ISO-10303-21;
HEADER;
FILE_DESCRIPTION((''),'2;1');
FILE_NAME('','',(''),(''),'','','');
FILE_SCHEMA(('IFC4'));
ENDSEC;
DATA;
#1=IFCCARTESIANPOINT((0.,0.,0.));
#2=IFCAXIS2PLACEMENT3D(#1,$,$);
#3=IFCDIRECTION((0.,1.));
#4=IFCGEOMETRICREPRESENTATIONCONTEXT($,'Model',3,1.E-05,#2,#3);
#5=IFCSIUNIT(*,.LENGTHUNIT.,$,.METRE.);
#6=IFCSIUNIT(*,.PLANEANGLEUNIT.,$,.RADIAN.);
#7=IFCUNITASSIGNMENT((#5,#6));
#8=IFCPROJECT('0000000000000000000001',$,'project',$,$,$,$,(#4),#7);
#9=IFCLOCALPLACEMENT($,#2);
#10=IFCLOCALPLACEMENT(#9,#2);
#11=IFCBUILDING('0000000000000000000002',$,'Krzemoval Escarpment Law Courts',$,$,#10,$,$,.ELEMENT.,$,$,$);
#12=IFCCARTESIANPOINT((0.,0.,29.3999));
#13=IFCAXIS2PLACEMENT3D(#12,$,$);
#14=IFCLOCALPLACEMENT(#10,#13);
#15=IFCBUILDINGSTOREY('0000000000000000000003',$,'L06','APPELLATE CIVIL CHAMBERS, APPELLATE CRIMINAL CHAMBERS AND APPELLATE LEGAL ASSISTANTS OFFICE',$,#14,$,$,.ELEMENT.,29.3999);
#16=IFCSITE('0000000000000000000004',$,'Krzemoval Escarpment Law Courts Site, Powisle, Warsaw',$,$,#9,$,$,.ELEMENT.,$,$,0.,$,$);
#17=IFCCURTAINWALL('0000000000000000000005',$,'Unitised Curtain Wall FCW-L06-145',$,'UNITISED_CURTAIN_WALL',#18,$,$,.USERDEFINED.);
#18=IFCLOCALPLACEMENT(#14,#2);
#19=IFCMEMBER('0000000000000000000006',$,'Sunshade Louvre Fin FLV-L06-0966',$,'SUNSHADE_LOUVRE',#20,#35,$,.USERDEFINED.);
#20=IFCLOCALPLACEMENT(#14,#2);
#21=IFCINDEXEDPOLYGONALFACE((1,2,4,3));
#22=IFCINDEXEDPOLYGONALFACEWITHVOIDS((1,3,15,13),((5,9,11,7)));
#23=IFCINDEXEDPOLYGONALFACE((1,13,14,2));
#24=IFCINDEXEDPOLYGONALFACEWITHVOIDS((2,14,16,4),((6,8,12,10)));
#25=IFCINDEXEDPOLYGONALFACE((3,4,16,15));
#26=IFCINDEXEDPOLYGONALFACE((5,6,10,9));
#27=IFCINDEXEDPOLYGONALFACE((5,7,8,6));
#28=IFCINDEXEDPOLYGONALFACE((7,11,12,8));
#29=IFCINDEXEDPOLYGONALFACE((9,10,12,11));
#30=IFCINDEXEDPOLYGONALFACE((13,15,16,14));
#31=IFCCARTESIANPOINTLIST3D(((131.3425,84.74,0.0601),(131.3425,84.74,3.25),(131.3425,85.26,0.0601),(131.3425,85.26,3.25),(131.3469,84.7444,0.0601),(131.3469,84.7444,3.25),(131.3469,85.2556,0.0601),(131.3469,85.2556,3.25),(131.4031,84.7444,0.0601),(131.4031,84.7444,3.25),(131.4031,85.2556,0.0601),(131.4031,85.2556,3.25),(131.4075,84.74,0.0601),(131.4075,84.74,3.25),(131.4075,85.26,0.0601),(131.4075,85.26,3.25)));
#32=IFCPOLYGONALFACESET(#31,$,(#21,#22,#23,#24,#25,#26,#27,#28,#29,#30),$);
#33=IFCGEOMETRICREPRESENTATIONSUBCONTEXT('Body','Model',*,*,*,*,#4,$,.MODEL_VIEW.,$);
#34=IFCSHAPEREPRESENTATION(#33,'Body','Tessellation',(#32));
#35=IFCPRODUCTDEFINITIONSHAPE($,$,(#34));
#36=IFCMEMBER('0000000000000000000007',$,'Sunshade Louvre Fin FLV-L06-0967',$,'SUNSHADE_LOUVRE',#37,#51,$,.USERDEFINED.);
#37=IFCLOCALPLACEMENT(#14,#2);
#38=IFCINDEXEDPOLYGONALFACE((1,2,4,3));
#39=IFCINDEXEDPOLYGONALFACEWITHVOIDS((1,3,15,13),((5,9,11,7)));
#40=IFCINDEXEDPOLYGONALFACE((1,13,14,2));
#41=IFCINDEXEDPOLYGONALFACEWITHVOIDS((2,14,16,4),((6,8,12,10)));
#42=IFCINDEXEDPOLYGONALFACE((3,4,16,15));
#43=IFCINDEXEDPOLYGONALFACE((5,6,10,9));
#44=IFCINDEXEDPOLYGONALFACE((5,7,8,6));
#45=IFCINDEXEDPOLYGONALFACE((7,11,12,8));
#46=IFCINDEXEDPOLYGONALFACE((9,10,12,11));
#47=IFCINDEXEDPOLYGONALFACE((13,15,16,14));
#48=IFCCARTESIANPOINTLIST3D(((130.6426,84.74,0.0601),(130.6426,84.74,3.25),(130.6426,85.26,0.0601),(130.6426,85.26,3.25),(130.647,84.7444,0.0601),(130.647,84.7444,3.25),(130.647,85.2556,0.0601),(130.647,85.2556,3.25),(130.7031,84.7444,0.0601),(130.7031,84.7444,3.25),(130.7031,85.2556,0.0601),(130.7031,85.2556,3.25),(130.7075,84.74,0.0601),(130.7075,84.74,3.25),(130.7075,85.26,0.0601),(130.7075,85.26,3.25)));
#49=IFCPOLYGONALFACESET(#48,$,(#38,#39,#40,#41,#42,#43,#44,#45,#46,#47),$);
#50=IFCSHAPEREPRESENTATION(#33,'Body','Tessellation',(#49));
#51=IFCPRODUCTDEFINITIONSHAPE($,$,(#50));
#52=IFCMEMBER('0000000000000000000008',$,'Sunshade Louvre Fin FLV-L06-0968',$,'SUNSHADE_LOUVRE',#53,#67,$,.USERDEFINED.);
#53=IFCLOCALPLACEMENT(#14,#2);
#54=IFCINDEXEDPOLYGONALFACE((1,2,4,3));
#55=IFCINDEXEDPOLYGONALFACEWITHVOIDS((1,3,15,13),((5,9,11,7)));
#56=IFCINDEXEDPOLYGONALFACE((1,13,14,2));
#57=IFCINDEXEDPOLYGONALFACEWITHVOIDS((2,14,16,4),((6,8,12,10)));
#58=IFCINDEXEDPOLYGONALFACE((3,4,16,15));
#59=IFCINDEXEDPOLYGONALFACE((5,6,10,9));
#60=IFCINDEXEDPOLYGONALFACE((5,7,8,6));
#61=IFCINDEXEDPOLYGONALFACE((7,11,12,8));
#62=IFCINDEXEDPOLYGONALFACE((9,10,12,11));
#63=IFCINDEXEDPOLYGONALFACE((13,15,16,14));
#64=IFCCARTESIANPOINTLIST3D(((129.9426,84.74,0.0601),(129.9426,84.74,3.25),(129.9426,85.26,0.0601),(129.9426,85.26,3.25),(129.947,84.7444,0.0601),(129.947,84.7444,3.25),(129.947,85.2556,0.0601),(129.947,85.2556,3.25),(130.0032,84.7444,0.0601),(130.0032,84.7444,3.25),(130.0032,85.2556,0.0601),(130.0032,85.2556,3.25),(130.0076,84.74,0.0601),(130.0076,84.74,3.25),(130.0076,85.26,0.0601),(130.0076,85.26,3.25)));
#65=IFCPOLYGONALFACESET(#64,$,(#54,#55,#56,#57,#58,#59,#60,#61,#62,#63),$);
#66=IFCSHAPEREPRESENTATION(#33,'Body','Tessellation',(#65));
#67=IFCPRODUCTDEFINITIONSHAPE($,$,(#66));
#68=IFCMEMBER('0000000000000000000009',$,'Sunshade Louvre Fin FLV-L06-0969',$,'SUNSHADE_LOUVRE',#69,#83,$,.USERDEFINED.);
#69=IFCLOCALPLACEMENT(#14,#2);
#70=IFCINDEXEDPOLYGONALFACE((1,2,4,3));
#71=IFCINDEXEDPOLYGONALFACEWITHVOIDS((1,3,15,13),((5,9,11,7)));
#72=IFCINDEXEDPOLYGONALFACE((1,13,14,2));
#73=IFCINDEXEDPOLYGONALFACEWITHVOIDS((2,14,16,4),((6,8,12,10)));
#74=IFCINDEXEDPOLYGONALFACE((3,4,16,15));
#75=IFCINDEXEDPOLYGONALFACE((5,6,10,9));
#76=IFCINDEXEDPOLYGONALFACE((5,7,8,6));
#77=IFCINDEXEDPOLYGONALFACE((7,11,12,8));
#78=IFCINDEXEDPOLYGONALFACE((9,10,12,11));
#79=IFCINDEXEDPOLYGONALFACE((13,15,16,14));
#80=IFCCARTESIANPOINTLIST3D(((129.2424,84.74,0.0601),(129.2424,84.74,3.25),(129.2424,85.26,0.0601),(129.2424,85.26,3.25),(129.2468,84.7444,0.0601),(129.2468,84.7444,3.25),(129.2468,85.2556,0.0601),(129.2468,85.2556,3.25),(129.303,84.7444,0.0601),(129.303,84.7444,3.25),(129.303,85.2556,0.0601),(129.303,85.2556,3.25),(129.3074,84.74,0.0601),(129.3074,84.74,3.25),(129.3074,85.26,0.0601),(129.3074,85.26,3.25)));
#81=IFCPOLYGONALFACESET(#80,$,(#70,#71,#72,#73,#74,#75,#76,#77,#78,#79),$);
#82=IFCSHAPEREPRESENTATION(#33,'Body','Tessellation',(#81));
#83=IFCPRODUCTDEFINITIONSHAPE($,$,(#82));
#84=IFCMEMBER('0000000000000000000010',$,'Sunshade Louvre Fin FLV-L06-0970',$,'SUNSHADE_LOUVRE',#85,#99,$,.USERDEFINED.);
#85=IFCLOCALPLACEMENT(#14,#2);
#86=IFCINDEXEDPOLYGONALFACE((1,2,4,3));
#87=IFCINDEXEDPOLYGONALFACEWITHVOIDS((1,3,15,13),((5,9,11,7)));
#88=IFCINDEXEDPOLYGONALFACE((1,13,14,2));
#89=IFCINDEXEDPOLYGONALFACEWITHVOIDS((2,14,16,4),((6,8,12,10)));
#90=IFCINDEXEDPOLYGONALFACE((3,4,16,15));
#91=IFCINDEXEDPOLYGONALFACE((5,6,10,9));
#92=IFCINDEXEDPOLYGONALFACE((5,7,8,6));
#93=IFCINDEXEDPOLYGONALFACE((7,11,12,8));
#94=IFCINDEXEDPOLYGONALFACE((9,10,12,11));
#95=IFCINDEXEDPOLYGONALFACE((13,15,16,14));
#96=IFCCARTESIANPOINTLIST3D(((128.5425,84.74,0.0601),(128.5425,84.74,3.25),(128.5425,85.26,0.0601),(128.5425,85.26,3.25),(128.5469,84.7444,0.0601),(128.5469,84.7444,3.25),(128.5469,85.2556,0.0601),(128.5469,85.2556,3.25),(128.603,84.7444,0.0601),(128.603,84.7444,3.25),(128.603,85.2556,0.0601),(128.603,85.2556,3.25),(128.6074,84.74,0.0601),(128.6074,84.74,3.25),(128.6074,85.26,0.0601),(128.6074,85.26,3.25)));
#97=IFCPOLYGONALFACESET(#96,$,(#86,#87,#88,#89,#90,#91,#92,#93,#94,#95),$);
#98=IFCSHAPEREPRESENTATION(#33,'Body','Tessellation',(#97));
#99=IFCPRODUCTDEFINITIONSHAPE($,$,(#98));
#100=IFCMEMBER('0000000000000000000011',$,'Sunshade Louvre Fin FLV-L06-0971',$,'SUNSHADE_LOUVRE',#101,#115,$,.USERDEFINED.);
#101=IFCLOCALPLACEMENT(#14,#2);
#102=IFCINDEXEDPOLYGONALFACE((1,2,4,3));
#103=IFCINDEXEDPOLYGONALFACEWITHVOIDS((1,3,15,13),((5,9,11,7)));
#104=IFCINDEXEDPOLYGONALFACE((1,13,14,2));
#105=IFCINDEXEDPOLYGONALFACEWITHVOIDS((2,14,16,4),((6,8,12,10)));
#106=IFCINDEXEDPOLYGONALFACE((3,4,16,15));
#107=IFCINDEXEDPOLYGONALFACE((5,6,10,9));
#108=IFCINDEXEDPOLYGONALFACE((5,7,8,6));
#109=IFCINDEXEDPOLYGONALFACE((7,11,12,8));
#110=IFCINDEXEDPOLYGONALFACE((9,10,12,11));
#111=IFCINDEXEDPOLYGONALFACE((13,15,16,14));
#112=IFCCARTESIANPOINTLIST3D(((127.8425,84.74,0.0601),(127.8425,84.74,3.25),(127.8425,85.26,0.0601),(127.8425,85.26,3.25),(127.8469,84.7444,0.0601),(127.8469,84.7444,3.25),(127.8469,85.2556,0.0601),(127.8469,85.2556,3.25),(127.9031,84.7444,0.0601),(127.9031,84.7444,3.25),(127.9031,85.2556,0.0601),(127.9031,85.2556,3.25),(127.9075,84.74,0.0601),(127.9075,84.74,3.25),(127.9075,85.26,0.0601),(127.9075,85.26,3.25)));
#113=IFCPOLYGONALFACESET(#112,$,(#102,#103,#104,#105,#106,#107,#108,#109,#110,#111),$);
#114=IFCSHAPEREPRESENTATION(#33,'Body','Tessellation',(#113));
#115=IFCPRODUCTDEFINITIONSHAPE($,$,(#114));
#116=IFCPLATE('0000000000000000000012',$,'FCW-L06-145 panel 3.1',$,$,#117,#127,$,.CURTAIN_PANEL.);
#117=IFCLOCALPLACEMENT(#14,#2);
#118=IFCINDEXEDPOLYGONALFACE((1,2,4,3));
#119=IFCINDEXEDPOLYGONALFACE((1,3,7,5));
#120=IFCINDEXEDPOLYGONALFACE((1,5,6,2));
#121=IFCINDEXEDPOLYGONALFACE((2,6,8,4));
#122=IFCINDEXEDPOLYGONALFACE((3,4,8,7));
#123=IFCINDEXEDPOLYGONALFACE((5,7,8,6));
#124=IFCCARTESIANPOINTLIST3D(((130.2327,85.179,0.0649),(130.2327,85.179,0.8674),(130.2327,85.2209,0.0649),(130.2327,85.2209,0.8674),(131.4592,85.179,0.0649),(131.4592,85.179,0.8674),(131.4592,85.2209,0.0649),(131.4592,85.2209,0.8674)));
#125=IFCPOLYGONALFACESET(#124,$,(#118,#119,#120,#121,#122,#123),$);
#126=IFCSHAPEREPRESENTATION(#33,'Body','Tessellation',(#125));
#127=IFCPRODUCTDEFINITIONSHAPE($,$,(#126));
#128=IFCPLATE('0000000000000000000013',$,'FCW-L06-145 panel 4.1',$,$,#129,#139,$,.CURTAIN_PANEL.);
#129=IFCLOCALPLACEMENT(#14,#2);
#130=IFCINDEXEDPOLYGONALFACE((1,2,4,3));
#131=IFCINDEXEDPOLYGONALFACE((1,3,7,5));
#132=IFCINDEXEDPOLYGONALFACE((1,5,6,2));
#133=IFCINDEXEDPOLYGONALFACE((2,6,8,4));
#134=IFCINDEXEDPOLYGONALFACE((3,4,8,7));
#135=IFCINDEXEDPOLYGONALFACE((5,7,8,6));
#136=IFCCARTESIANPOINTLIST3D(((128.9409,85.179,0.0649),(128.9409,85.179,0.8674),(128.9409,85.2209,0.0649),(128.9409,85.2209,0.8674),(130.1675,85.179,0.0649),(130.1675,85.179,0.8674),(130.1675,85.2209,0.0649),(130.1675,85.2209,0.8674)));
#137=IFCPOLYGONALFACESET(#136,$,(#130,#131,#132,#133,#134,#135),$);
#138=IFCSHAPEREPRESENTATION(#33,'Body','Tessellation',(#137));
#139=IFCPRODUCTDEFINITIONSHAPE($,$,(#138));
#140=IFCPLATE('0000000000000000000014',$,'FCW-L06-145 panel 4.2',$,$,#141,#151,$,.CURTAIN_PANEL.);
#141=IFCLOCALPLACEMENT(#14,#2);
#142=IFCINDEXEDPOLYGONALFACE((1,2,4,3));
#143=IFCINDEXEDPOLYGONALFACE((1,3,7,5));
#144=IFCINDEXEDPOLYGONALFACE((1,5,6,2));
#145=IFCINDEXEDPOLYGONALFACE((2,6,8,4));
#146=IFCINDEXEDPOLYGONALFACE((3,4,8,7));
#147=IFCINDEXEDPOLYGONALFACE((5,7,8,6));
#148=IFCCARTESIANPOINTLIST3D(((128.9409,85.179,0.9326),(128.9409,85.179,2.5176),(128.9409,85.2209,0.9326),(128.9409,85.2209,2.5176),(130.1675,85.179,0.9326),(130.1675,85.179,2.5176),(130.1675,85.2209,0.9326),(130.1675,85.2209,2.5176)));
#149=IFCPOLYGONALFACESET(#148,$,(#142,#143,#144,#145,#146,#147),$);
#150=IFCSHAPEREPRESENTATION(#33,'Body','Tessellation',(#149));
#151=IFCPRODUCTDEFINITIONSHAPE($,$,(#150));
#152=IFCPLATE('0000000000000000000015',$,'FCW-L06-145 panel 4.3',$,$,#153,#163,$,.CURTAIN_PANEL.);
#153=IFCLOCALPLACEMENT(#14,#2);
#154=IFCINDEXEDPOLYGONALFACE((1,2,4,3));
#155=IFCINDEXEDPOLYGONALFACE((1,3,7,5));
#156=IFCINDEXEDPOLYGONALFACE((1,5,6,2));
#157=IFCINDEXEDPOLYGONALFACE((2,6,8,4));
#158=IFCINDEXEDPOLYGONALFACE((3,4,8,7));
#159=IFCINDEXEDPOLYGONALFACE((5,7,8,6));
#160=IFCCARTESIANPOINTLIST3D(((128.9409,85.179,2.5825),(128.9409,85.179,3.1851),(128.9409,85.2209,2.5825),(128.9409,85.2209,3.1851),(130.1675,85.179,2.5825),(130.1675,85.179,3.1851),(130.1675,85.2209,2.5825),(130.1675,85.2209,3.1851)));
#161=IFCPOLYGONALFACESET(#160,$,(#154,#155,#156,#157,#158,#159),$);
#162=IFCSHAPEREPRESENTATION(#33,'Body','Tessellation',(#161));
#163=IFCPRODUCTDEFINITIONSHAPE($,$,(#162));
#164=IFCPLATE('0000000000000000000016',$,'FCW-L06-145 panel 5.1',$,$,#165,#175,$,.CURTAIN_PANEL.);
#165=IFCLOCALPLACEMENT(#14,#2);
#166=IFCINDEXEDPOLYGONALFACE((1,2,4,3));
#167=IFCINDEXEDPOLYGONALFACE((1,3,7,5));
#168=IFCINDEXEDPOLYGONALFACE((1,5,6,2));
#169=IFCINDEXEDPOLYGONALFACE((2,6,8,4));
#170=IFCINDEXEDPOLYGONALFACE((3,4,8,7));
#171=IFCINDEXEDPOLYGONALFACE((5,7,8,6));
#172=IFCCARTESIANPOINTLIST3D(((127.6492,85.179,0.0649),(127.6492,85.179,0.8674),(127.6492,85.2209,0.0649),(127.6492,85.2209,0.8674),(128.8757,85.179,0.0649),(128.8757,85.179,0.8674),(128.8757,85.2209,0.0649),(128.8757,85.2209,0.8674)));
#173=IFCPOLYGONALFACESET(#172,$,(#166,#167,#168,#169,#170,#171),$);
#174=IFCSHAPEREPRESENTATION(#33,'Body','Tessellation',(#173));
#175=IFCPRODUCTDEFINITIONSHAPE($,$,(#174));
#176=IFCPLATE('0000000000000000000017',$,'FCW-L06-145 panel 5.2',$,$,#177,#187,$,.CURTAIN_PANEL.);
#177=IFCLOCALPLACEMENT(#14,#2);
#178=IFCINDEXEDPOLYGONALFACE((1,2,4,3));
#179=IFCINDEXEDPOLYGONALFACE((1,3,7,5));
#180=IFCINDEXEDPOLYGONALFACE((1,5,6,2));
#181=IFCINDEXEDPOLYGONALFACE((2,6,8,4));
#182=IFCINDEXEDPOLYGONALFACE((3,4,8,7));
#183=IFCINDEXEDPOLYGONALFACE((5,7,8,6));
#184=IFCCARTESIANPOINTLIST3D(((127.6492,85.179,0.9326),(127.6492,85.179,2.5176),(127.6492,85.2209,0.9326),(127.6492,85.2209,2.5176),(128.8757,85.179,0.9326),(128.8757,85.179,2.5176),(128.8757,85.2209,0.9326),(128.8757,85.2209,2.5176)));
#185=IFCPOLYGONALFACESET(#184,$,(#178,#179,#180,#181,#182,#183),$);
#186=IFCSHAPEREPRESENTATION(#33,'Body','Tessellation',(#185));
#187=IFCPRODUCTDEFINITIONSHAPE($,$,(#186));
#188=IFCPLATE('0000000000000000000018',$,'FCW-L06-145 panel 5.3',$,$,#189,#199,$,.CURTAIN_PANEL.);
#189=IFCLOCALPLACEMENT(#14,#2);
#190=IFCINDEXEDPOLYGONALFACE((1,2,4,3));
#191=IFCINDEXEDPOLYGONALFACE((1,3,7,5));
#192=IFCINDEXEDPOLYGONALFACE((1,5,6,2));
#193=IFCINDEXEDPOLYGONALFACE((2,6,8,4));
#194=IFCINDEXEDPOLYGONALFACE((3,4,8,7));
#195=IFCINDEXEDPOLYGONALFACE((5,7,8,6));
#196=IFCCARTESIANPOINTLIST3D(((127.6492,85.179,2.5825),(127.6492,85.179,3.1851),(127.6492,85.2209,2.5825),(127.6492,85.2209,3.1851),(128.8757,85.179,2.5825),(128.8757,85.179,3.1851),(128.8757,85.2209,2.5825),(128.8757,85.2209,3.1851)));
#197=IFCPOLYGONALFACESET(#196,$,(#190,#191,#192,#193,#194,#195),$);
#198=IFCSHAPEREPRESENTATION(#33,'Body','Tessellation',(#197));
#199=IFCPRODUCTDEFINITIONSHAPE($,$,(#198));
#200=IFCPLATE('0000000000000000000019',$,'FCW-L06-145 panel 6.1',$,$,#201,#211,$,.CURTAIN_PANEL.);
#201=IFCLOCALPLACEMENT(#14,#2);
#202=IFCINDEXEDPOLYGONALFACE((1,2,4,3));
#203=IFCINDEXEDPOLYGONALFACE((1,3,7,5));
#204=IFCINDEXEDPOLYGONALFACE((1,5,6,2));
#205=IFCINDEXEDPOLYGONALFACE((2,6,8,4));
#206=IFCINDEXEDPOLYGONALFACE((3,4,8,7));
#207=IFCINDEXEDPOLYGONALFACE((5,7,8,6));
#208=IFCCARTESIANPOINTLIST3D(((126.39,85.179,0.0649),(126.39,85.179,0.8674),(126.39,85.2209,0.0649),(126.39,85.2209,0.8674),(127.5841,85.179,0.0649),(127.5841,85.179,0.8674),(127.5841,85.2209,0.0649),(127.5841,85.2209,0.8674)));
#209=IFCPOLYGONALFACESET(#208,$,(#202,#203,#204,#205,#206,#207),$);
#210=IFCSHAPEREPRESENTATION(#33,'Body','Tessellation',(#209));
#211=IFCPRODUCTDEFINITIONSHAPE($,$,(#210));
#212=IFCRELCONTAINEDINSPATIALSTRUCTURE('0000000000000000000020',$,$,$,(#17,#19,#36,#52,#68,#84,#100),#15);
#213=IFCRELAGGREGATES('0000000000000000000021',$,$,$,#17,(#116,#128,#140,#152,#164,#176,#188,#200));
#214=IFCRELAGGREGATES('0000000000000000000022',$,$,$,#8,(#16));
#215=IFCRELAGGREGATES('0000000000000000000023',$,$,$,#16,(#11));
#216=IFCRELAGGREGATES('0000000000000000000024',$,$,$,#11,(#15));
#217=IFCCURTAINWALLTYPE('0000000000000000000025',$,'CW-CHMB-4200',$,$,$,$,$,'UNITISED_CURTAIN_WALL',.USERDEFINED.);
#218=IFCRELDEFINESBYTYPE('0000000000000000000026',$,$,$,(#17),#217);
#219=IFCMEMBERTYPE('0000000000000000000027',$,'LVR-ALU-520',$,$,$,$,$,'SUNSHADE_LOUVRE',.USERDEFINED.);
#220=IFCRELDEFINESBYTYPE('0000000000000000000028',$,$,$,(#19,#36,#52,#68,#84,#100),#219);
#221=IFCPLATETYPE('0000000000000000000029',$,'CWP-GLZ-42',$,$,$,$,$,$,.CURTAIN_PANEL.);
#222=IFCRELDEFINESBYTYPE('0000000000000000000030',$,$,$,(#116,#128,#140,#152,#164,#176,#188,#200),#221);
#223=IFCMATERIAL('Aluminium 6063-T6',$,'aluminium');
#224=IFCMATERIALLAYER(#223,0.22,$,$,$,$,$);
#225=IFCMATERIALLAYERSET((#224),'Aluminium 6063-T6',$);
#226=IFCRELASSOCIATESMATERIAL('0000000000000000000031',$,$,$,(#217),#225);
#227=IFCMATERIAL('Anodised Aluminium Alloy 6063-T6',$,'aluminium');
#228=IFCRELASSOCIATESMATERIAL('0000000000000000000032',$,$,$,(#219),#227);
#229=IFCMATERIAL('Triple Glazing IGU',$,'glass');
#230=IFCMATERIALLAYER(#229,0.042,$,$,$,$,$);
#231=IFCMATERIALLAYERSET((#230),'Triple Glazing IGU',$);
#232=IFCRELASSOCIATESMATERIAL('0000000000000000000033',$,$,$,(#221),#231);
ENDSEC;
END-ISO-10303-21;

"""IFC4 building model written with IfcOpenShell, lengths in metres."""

from ifc_helpers import new_model, si_unit, direction, frame, origin, origin_2d, place, context, subcontext, project, spatial, rectangle, hollow_rectangle, extrude, material, layer, layer_set, material_profile, profile_set, type_object, element, aggregate, save


model = new_model("IFC4")

# Units and contexts
model_context = context("Model", 3, precision=1e-05, world=origin(), true_north=direction((0.0, 1.0)))
body_context = subcontext(model_context, "Body", "Model", "MODEL_VIEW")
ifc_project = project(units=[si_unit("LENGTHUNIT", "METRE"), si_unit("PLANEANGLEUNIT", "RADIAN")], contexts=[model_context])

# Site, building, storey
site_placement = place(None, origin())
site = spatial("IfcSite", under=ifc_project, at=site_placement, Name="Krzemoval Escarpment Law Courts Site, Powisle, Warsaw", CompositionType="ELEMENT", RefElevation=0.0)
building_placement = place(site_placement, origin())
building = spatial("IfcBuilding", under=site, at=building_placement, Name="Krzemoval Escarpment Law Courts", CompositionType="ELEMENT")
storey_placement = place(building_placement, frame((0.0, 0.0, 29.3999)))
storey = spatial("IfcBuildingStorey", under=building, at=storey_placement, Name="L06", Description="APPELLATE CIVIL CHAMBERS, APPELLATE CRIMINAL CHAMBERS AND APPELLATE LEGAL ASSISTANTS OFFICE", CompositionType="ELEMENT", Elevation=29.3999)

# Curtain wall
ifc_material_1 = material(Name="Aluminium 6063-T6", Category="aluminium")
ifc_layer_1 = layer(ifc_material_1, 0.22)
ifc_layer_set_1 = layer_set([ifc_layer_1], Name="Aluminium 6063-T6")
curtain_wall_type = type_object("IfcCurtainWallType", Name="CW-CHMB-4200", ElementType="UNITISED_CURTAIN_WALL", PredefinedType="USERDEFINED", material=ifc_layer_set_1)
curtain_wall_placement = place(storey_placement, origin())
curtain_wall = element("IfcCurtainWall", 1, at=curtain_wall_placement, inside=storey, type_object=curtain_wall_type, Name="Unitised Curtain Wall FCW-L06-145", ObjectType="UNITISED_CURTAIN_WALL", PredefinedType="USERDEFINED")

# Members
ifc_material_2 = material(Name="Anodised Aluminium Alloy 6063-T6", Category="aluminium")
ifc_material_profile_1 = material_profile(ifc_material_2, hollow_rectangle(XDim=0.0649, YDim=0.52, WallThickness=0.0044, at=origin_2d()), Name="ALU LVR 65x520")
ifc_profile_set_1 = profile_set([ifc_material_profile_1], Name="Anodised Aluminium Alloy 6063-T6")
member_type_1 = type_object("IfcMemberType", Name="LVR-ALU-520", ElementType="SUNSHADE_LOUVRE", PredefinedType="USERDEFINED", material=ifc_profile_set_1)
for number, where, z_axis, x_axis, name in (
    (2, (131.375, 85.0, 0.0601), (0.0, 0.0, 1.0), (1.0, 0.0, 0.0), "Sunshade Louvre Fin FLV-L06-0966"),
    (3, (130.675, 85.0, 0.0601), (0.0, 0.0, 1.0), (1.0, 0.0, 0.0), "Sunshade Louvre Fin FLV-L06-0967"),
    (4, (129.9751, 85.0, 0.0601), (0.0, 0.0, 1.0), (1.0, 0.0, 0.0), "Sunshade Louvre Fin FLV-L06-0968"),
    (5, (129.2749, 85.0, 0.0601), (0.0, 0.0, 1.0), (1.0, 0.0, 0.0), "Sunshade Louvre Fin FLV-L06-0969"),
    (6, (128.575, 85.0, 0.0601), (0.0, 0.0, 1.0), (1.0, 0.0, 0.0), "Sunshade Louvre Fin FLV-L06-0970"),
    (7, (127.875, 85.0, 0.0601), (0.0, 0.0, 1.0), (1.0, 0.0, 0.0), "Sunshade Louvre Fin FLV-L06-0971"),
):
    element("IfcMember", number, at=place(storey_placement, frame(where, z_axis=z_axis, x_axis=x_axis)), inside=storey, type_object=member_type_1, Name=name, ObjectType="SUNSHADE_LOUVRE", PredefinedType="USERDEFINED", context=body_context, shape_type="SweptSolid", body=[
        extrude(hollow_rectangle(XDim=0.0649, YDim=0.52, WallThickness=0.0044, at=origin_2d()), origin(), (0.0, 0.0, 1.0), 3.1899),
    ])

# Plates
ifc_material_3 = material(Name="Triple Glazing IGU", Category="glass")
ifc_layer_2 = layer(ifc_material_3, 0.042)
ifc_layer_set_2 = layer_set([ifc_layer_2], Name="Triple Glazing IGU")
plate_type_1 = type_object("IfcPlateType", Name="CWP-GLZ-42", PredefinedType="CURTAIN_PANEL", material=ifc_layer_set_2)
plate_1_placement = place(storey_placement, frame((130.8459, 85.2, 0.0649), z_axis=(0.0, 0.0, 1.0), x_axis=(-1.0, 0.0, 0.0)))
plate_1 = element("IfcPlate", 8, at=plate_1_placement, type_object=plate_type_1, Name="FCW-L06-145 panel 3.1", PredefinedType="CURTAIN_PANEL", context=body_context, shape_type="SweptSolid", body=[
    extrude(rectangle(XDim=1.2266, YDim=0.042, at=origin_2d()), origin(), (0.0, 0.0, 1.0), 0.8025),
])
plate_2_placement = place(storey_placement, frame((129.5542, 85.2, 0.0649), z_axis=(0.0, 0.0, 1.0), x_axis=(-1.0, 0.0, 0.0)))
plate_2 = element("IfcPlate", 9, at=plate_2_placement, type_object=plate_type_1, Name="FCW-L06-145 panel 4.1", PredefinedType="CURTAIN_PANEL", context=body_context, shape_type="SweptSolid", body=[
    extrude(rectangle(XDim=1.2266, YDim=0.042, at=origin_2d()), origin(), (0.0, 0.0, 1.0), 0.8025),
])
plate_3_placement = place(storey_placement, frame((129.5542, 85.2, 0.9326), z_axis=(0.0, 0.0, 1.0), x_axis=(-1.0, 0.0, 0.0)))
plate_3 = element("IfcPlate", 10, at=plate_3_placement, type_object=plate_type_1, Name="FCW-L06-145 panel 4.2", PredefinedType="CURTAIN_PANEL", context=body_context, shape_type="SweptSolid", body=[
    extrude(rectangle(XDim=1.2266, YDim=0.042, at=origin_2d()), origin(), (0.0, 0.0, 1.0), 1.585),
])
plate_4_placement = place(storey_placement, frame((129.5542, 85.2, 2.5825), z_axis=(0.0, 0.0, 1.0), x_axis=(-1.0, 0.0, 0.0)))
plate_4 = element("IfcPlate", 11, at=plate_4_placement, type_object=plate_type_1, Name="FCW-L06-145 panel 4.3", PredefinedType="CURTAIN_PANEL", context=body_context, shape_type="SweptSolid", body=[
    extrude(rectangle(XDim=1.2266, YDim=0.042, at=origin_2d()), origin(), (0.0, 0.0, 1.0), 0.6025),
])
plate_5_placement = place(storey_placement, frame((128.2625, 85.2, 0.0649), z_axis=(0.0, 0.0, 1.0), x_axis=(-1.0, 0.0, 0.0)))
plate_5 = element("IfcPlate", 12, at=plate_5_placement, type_object=plate_type_1, Name="FCW-L06-145 panel 5.1", PredefinedType="CURTAIN_PANEL", context=body_context, shape_type="SweptSolid", body=[
    extrude(rectangle(XDim=1.2266, YDim=0.042, at=origin_2d()), origin(), (0.0, 0.0, 1.0), 0.8025),
])
plate_6_placement = place(storey_placement, frame((128.2625, 85.2, 0.9326), z_axis=(0.0, 0.0, 1.0), x_axis=(-1.0, 0.0, 0.0)))
plate_6 = element("IfcPlate", 13, at=plate_6_placement, type_object=plate_type_1, Name="FCW-L06-145 panel 5.2", PredefinedType="CURTAIN_PANEL", context=body_context, shape_type="SweptSolid", body=[
    extrude(rectangle(XDim=1.2266, YDim=0.042, at=origin_2d()), origin(), (0.0, 0.0, 1.0), 1.585),
])
plate_7_placement = place(storey_placement, frame((128.2625, 85.2, 2.5825), z_axis=(0.0, 0.0, 1.0), x_axis=(-1.0, 0.0, 0.0)))
plate_7 = element("IfcPlate", 14, at=plate_7_placement, type_object=plate_type_1, Name="FCW-L06-145 panel 5.3", PredefinedType="CURTAIN_PANEL", context=body_context, shape_type="SweptSolid", body=[
    extrude(rectangle(XDim=1.2266, YDim=0.042, at=origin_2d()), origin(), (0.0, 0.0, 1.0), 0.6025),
])
plate_8_placement = place(storey_placement, frame((126.9871, 85.2, 0.0649), z_axis=(0.0, 0.0, 1.0), x_axis=(-1.0, 0.0, 0.0)))
plate_8 = element("IfcPlate", 15, at=plate_8_placement, type_object=plate_type_1, Name="FCW-L06-145 panel 6.1", PredefinedType="CURTAIN_PANEL", context=body_context, shape_type="SweptSolid", body=[
    extrude(rectangle(XDim=1.1941, YDim=0.042, at=origin_2d()), origin(), (0.0, 0.0, 1.0), 0.8025),
])
aggregate(curtain_wall, [plate_1, plate_2, plate_3, plate_4, plate_5, plate_6, plate_7, plate_8])

save(model, "model.ifc")
